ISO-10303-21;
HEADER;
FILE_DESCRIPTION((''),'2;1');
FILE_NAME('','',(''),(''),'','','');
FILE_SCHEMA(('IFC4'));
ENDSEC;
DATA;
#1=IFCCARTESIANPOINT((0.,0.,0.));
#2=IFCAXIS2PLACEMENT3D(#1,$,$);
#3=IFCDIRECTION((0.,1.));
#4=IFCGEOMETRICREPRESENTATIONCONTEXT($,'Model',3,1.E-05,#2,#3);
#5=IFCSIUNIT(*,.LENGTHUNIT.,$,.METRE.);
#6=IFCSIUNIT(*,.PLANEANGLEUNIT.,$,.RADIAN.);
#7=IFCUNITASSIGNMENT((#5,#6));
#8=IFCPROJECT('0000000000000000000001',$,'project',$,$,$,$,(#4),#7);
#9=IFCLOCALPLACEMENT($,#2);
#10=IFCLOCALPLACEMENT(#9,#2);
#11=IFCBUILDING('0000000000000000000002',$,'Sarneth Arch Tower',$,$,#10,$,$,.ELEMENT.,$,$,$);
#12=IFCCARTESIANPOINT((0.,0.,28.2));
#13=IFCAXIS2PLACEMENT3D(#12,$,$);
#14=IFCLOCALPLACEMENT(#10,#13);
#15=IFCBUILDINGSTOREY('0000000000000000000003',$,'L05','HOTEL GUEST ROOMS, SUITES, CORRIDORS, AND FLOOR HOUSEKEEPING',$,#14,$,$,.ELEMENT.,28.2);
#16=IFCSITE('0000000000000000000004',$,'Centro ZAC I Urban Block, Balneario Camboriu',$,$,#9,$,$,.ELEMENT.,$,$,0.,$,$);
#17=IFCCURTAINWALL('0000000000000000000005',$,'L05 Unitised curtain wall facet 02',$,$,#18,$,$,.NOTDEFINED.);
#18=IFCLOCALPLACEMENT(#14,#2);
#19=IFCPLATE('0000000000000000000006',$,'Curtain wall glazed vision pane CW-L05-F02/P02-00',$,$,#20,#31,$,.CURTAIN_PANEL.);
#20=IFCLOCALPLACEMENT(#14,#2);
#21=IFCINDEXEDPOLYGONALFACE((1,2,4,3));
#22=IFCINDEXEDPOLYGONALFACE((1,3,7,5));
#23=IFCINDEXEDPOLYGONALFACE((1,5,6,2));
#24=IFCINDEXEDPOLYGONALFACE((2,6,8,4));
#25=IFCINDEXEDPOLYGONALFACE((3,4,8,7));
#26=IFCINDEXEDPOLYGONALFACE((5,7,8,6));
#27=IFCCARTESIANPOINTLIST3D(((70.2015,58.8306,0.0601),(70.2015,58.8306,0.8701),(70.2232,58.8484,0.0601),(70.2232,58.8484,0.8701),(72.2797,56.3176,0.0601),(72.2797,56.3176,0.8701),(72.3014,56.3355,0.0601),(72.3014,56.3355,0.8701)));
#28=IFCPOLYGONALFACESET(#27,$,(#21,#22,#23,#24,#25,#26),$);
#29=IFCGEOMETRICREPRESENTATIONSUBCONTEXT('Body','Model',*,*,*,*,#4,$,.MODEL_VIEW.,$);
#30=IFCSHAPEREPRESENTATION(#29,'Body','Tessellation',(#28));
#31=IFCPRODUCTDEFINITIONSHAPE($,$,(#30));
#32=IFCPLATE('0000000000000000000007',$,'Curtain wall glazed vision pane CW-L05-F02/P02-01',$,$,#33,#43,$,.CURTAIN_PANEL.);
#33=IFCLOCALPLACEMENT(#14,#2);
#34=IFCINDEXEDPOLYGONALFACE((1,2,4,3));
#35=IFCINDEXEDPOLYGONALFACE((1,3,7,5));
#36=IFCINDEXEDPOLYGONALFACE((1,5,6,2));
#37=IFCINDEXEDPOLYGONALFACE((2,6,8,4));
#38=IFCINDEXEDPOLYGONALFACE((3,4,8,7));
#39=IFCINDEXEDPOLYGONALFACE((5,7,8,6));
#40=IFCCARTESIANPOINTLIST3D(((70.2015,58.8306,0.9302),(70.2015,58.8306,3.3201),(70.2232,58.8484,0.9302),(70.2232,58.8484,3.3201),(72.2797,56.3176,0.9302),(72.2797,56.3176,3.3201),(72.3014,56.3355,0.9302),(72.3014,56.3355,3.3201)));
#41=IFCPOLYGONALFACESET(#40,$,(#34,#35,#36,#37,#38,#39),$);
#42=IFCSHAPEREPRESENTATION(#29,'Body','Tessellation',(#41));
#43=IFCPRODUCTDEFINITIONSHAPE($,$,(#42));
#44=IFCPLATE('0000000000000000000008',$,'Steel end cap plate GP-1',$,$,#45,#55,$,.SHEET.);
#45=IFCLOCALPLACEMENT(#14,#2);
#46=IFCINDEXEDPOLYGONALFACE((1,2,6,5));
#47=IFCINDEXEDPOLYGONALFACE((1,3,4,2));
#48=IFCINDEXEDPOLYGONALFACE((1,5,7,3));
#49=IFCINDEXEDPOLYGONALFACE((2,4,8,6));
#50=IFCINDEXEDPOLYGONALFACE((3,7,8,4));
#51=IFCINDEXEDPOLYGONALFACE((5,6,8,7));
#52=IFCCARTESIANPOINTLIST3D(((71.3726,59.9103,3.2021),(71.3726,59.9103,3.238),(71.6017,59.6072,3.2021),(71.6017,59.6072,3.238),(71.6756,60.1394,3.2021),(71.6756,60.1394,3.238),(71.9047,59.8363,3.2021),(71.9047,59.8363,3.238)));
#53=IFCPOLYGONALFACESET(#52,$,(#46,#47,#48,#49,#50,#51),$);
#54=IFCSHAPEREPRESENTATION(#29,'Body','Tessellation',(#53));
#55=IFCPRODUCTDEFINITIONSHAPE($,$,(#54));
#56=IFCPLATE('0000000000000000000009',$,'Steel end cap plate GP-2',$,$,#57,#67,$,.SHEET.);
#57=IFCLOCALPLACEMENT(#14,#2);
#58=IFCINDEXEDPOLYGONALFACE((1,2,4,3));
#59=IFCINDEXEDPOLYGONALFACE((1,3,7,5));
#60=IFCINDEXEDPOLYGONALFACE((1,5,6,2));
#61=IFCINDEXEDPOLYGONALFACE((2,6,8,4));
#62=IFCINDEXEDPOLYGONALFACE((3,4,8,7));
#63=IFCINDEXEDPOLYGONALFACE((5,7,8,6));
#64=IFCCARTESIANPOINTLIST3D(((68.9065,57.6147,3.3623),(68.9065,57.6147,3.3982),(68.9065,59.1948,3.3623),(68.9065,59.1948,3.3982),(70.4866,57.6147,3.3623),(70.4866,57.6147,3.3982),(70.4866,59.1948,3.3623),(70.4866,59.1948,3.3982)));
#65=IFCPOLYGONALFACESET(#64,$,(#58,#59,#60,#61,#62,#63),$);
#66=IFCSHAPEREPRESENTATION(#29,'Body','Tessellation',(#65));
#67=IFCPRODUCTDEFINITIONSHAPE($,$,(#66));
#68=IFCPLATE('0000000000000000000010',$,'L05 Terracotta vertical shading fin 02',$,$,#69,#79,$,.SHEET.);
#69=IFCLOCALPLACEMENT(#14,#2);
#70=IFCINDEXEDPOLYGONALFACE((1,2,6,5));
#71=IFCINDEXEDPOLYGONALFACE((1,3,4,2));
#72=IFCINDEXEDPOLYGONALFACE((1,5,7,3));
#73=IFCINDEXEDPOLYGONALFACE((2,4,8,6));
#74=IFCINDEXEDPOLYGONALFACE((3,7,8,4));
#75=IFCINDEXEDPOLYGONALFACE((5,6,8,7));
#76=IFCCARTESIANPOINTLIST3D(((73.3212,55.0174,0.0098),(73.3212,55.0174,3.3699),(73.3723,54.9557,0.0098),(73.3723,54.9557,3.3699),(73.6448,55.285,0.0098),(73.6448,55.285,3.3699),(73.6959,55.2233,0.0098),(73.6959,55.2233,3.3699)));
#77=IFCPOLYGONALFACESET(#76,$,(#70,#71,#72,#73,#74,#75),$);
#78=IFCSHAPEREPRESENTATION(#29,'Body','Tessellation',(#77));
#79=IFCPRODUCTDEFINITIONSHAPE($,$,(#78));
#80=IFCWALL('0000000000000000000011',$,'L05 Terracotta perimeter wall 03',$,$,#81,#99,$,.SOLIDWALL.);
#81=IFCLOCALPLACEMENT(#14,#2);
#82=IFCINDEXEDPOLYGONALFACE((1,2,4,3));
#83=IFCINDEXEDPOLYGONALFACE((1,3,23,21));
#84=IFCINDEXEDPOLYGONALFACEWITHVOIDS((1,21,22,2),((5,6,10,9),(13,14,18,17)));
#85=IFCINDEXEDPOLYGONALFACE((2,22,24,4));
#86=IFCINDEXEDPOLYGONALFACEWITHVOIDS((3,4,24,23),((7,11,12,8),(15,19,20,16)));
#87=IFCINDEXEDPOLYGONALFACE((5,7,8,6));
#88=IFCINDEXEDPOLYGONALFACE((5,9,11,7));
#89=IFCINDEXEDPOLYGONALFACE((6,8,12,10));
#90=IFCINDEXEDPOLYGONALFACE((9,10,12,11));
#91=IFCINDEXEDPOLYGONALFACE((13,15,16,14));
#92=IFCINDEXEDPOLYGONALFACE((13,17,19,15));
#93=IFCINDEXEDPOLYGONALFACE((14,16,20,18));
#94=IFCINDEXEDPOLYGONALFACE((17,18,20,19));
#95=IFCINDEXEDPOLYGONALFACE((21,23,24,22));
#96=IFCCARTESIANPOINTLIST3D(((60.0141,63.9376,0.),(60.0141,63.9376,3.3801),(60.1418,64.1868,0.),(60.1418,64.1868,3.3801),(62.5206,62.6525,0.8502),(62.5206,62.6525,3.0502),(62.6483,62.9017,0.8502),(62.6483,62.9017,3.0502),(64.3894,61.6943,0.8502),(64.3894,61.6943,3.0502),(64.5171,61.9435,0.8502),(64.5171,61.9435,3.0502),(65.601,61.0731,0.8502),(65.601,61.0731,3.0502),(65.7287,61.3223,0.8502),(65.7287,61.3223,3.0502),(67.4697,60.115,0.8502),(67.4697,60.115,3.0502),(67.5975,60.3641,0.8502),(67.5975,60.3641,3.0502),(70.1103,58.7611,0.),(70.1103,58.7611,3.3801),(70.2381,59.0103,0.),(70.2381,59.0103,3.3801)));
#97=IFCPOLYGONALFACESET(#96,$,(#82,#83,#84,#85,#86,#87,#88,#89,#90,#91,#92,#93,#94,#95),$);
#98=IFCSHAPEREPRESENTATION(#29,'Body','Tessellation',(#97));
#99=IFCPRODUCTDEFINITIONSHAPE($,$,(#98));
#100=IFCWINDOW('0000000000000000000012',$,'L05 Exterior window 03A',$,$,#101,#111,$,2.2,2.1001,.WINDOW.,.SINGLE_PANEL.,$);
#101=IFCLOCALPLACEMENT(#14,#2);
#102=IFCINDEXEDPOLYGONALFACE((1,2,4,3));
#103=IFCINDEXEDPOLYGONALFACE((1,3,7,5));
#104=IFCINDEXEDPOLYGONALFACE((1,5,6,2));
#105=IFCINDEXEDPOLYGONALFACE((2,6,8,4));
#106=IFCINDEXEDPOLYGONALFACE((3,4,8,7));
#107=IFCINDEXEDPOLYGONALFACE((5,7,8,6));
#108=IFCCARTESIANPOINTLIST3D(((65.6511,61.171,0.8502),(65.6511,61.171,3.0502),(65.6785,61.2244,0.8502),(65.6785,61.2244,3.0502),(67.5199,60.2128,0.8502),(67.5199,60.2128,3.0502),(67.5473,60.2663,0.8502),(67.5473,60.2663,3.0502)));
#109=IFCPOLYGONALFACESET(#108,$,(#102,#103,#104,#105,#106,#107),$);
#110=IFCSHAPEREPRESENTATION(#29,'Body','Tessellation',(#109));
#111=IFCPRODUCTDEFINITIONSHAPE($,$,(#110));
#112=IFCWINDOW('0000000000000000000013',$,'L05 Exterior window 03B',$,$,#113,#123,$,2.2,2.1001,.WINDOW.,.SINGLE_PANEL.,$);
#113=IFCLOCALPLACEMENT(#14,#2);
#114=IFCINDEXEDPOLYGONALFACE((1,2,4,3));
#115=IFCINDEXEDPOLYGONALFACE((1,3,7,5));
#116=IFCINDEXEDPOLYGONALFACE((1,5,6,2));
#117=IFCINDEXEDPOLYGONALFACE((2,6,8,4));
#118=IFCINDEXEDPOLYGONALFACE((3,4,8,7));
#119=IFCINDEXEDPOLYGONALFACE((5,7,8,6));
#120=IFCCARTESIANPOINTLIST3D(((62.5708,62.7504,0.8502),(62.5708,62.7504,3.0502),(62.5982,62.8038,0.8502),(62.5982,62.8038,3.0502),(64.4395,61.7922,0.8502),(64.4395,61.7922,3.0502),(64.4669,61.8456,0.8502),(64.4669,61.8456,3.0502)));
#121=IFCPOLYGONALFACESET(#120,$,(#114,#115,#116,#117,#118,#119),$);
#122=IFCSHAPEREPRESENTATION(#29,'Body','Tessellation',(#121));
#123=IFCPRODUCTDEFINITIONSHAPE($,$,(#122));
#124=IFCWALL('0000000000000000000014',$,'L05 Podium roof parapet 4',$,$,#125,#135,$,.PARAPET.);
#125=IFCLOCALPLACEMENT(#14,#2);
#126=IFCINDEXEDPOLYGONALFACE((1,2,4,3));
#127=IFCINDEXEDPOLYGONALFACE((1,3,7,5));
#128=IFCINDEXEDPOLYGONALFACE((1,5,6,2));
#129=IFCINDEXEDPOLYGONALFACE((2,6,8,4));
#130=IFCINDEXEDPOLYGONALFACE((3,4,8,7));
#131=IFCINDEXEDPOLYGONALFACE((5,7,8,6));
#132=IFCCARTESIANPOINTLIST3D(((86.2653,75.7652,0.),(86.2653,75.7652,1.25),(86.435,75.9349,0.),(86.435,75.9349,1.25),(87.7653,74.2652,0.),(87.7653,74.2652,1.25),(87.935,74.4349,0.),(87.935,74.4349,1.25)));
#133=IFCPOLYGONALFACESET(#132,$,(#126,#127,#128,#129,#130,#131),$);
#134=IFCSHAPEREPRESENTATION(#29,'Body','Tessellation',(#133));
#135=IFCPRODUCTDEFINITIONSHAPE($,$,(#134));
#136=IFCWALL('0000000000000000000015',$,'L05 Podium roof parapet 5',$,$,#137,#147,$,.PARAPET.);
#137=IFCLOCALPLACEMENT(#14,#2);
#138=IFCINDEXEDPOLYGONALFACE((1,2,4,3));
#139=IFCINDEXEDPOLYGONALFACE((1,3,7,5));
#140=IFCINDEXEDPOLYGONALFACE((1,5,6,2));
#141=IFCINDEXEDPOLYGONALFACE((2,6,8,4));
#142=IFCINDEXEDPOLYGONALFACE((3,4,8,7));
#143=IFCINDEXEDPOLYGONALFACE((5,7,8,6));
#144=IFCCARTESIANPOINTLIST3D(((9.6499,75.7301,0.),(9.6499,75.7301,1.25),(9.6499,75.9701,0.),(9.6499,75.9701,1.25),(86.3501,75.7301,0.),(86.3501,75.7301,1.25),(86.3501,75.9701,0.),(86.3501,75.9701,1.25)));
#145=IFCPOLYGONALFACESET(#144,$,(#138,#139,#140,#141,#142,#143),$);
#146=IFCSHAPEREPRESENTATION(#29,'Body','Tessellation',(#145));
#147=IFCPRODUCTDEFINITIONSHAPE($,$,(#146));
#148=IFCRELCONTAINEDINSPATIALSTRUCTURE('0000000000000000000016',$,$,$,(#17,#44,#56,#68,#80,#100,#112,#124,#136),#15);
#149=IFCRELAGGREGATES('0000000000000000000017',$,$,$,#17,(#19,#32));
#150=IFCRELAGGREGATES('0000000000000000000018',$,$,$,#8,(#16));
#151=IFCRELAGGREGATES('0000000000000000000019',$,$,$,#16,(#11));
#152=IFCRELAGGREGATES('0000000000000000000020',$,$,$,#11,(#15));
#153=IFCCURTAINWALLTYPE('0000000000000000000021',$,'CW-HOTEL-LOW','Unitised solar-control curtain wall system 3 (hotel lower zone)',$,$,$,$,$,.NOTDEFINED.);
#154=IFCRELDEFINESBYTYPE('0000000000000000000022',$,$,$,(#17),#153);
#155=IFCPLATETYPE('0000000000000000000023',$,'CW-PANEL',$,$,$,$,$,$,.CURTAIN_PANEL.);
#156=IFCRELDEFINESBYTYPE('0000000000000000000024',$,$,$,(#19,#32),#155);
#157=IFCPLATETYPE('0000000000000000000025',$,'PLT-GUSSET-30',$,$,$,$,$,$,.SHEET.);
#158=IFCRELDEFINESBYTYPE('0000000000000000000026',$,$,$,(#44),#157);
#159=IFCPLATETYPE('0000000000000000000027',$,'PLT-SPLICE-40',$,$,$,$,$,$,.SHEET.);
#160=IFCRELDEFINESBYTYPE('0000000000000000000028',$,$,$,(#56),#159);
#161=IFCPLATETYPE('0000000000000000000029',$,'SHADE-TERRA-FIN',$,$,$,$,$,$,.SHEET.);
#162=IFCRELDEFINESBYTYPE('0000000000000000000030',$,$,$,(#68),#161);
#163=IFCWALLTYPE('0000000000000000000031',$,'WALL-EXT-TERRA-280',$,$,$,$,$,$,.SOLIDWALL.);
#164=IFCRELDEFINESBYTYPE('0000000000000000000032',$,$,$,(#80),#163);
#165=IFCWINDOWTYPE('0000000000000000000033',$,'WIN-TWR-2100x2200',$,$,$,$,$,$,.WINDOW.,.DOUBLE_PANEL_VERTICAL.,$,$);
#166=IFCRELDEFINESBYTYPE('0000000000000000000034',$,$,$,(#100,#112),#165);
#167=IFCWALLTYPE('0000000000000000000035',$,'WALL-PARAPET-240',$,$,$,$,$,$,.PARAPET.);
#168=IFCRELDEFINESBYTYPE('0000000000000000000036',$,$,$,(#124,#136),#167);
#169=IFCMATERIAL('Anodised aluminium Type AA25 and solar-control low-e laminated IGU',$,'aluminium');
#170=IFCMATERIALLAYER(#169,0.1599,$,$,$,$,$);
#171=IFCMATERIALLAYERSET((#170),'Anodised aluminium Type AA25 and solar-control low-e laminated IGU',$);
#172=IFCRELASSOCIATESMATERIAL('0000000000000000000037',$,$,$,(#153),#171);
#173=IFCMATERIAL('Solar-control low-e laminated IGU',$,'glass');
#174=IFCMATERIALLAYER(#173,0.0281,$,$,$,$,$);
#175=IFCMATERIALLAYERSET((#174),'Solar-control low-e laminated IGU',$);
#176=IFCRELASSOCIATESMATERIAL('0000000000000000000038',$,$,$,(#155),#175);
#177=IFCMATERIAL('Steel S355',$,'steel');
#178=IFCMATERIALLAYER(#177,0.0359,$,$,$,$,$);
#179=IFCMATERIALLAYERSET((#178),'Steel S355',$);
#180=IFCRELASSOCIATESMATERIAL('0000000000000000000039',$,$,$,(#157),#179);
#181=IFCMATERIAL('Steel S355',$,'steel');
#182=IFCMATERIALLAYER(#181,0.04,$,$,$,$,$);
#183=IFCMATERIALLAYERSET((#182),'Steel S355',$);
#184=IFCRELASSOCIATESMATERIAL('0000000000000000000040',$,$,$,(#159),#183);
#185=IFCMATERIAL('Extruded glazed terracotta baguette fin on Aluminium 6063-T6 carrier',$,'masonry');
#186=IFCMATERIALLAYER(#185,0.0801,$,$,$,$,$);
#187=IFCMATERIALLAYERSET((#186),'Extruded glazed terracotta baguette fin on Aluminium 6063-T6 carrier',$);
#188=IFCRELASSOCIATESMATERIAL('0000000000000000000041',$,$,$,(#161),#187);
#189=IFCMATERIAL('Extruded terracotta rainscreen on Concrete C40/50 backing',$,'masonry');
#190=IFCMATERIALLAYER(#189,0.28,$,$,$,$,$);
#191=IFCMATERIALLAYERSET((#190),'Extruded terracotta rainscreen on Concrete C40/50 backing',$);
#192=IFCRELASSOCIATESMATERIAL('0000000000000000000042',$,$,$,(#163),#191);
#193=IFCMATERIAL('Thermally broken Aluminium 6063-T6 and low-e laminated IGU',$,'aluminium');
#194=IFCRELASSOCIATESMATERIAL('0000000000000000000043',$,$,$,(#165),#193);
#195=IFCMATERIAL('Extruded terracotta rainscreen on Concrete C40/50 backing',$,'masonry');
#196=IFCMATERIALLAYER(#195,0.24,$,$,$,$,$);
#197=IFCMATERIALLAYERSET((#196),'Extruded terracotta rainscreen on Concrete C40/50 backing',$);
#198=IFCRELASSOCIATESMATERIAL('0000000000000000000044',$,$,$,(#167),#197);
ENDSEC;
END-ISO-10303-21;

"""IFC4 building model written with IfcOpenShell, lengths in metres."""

from ifc_helpers import new_model, si_unit, direction, frame, frame_2d, origin, origin_2d, place, context, subcontext, project, spatial, rectangle, extrude, material, layer, layer_set, type_object, element, fill, aggregate, save


model = new_model("IFC4")

# Units and contexts
model_context = context("Model", 3, precision=1e-05, world=origin(), true_north=direction((0.0, 1.0)))
body_context = subcontext(model_context, "Body", "Model", "MODEL_VIEW")
ifc_project = project(units=[si_unit("LENGTHUNIT", "METRE"), si_unit("PLANEANGLEUNIT", "RADIAN")], contexts=[model_context])

# Site, building, storey
site_placement = place(None, origin())
site = spatial("IfcSite", under=ifc_project, at=site_placement, Name="Centro ZAC I Urban Block, Balneario Camboriu", CompositionType="ELEMENT", RefElevation=0.0)
building_placement = place(site_placement, origin())
building = spatial("IfcBuilding", under=site, at=building_placement, Name="Sarneth Arch Tower", CompositionType="ELEMENT")
storey_placement = place(building_placement, frame((0.0, 0.0, 28.2)))
storey = spatial("IfcBuildingStorey", under=building, at=storey_placement, Name="L05", Description="HOTEL GUEST ROOMS, SUITES, CORRIDORS, AND FLOOR HOUSEKEEPING", CompositionType="ELEMENT", Elevation=28.2)

# Curtain wall
ifc_material_1 = material(Name="Anodised aluminium Type AA25 and solar-control low-e laminated IGU", Category="aluminium")
ifc_layer_1 = layer(ifc_material_1, 0.1599)
ifc_layer_set_1 = layer_set([ifc_layer_1], Name="Anodised aluminium Type AA25 and solar-control low-e laminated IGU")
curtain_wall_type = type_object("IfcCurtainWallType", Name="CW-HOTEL-LOW", Description="Unitised solar-control curtain wall system 3 (hotel lower zone)", PredefinedType="NOTDEFINED", material=ifc_layer_set_1)
curtain_wall_placement = place(storey_placement, origin())
curtain_wall = element("IfcCurtainWall", 1, at=curtain_wall_placement, inside=storey, type_object=curtain_wall_type, Name="L05 Unitised curtain wall facet 02", PredefinedType="NOTDEFINED")

# Plates
ifc_material_2 = material(Name="Solar-control low-e laminated IGU", Category="glass")
ifc_layer_2 = layer(ifc_material_2, 0.0281)
ifc_layer_set_2 = layer_set([ifc_layer_2], Name="Solar-control low-e laminated IGU")
plate_type_1 = type_object("IfcPlateType", Name="CW-PANEL", PredefinedType="CURTAIN_PANEL", material=ifc_layer_set_2)
plate_1_placement = place(storey_placement, frame((71.2515, 57.583, 0.0601), z_axis=(0.0, 0.0, 1.0), x_axis=(-0.637291, 0.770623, 0.0)))
plate_1 = element("IfcPlate", 2, at=plate_1_placement, type_object=plate_type_1, Name="Curtain wall glazed vision pane CW-L05-F02/P02-00", PredefinedType="CURTAIN_PANEL", context=body_context, shape_type="SweptSolid", body=[
    extrude(rectangle(XDim=3.261, YDim=0.0281, at=origin_2d()), origin(), (0.0, 0.0, 1.0), 0.8101),
])
plate_2_placement = place(storey_placement, frame((71.2515, 57.583, 0.9302), z_axis=(0.0, 0.0, 1.0), x_axis=(-0.637291, 0.770623, 0.0)))
plate_2 = element("IfcPlate", 3, at=plate_2_placement, type_object=plate_type_1, Name="Curtain wall glazed vision pane CW-L05-F02/P02-01", PredefinedType="CURTAIN_PANEL", context=body_context, shape_type="SweptSolid", body=[
    extrude(rectangle(XDim=3.261, YDim=0.0281, at=origin_2d()), origin(), (0.0, 0.0, 1.0), 2.3899),
])
aggregate(curtain_wall, [plate_1, plate_2])

# Plates
ifc_material_3 = material(Name="Steel S355", Category="steel")
ifc_layer_3 = layer(ifc_material_3, 0.0359)
ifc_layer_set_3 = layer_set([ifc_layer_3], Name="Steel S355")
plate_type_2 = type_object("IfcPlateType", Name="PLT-GUSSET-30", PredefinedType="SHEET", material=ifc_layer_set_3)
plate_3_placement = place(storey_placement, frame((71.6387, 59.8733, 3.2021), z_axis=(0.0, 0.0, 1.0), x_axis=(0.797689, 0.603069, 0.0)))
element("IfcPlate", 4, at=plate_3_placement, inside=storey, type_object=plate_type_2, Name="Steel end cap plate GP-1", PredefinedType="SHEET", context=body_context, shape_type="SweptSolid", body=[
    extrude(rectangle(XDim=0.3799, YDim=0.3799, at=origin_2d()), origin(), (0.0, 0.0, 1.0), 0.0359),
])
ifc_material_4 = material(Name="Steel S355", Category="steel")
ifc_layer_4 = layer(ifc_material_4, 0.04)
ifc_layer_set_4 = layer_set([ifc_layer_4], Name="Steel S355")
plate_type_3 = type_object("IfcPlateType", Name="PLT-SPLICE-40", PredefinedType="SHEET", material=ifc_layer_set_4)
plate_4_placement = place(storey_placement, frame((69.6965, 58.4048, 3.3623), z_axis=(0.0, 0.0, 1.0), x_axis=(1.0, 0.0, 0.0)))
element("IfcPlate", 5, at=plate_4_placement, inside=storey, type_object=plate_type_3, Name="Steel end cap plate GP-2", PredefinedType="SHEET", context=body_context, shape_type="SweptSolid", body=[
    extrude(rectangle(XDim=1.5801, YDim=1.5801, at=origin_2d()), origin(), (0.0, 0.0, 1.0), 0.0359),
])
ifc_material_5 = material(Name="Extruded glazed terracotta baguette fin on Aluminium 6063-T6 carrier", Category="masonry")
ifc_layer_5 = layer(ifc_material_5, 0.0801)
ifc_layer_set_5 = layer_set([ifc_layer_5], Name="Extruded glazed terracotta baguette fin on Aluminium 6063-T6 carrier")
plate_type_4 = type_object("IfcPlateType", Name="SHADE-TERRA-FIN", PredefinedType="SHEET", material=ifc_layer_set_5)
plate_5_placement = place(storey_placement, frame((73.5085, 55.1204, 0.0098), z_axis=(0.0, 0.0, 1.0), x_axis=(0.770624, 0.63729, 0.0)))
element("IfcPlate", 6, at=plate_5_placement, inside=storey, type_object=plate_type_4, Name="L05 Terracotta vertical shading fin 02", PredefinedType="SHEET", context=body_context, shape_type="SweptSolid", body=[
    extrude(rectangle(XDim=0.4199, YDim=0.0801, at=origin_2d()), origin(), (0.0, 0.0, 1.0), 3.3601),
])

# Wall, openings, windows
ifc_material_6 = material(Name="Extruded terracotta rainscreen on Concrete C40/50 backing", Category="masonry")
ifc_layer_6 = layer(ifc_material_6, 0.28)
ifc_layer_set_6 = layer_set([ifc_layer_6], Name="Extruded terracotta rainscreen on Concrete C40/50 backing")
wall_type_1 = type_object("IfcWallType", Name="WALL-EXT-TERRA-280", PredefinedType="SOLIDWALL", material=ifc_layer_set_6)
wall_1_placement = place(storey_placement, frame((70.1741, 58.8857, 0.0), z_axis=(0.0, 0.0, 1.0), x_axis=(-0.889854, 0.456245, 0.0)))
wall_1 = element("IfcWall", 7, at=wall_1_placement, inside=storey, type_object=wall_type_1, Name="L05 Terracotta perimeter wall 03", PredefinedType="SOLIDWALL", context=body_context, shape_type="SweptSolid", body=[
    extrude(rectangle(XDim=11.3459, YDim=0.28, at=frame_2d((5.6729, 0.0))), origin(), (0.0, 0.0, 1.0), 3.3801),
])
opening_1_placement = place(wall_1_placement, frame((2.9673, 0.0, 0.8501)))
opening_1 = element("IfcOpeningElement", 8, at=opening_1_placement, cuts=wall_1, PredefinedType="OPENING", context=body_context, shape_type="SweptSolid", body=[
    extrude(rectangle(XDim=2.1001, YDim=2.2, at=frame_2d((1.05, 1.1001))), frame((0.0, 0.1499, 0.0), z_axis=(0.0, -1.0, 0.0), x_axis=(1.0, 0.0, 0.0)), (0.0, 0.0, 1.0), 0.3),
])
opening_2_placement = place(wall_1_placement, frame((6.429, 0.0, 0.8501)))
opening_2 = element("IfcOpeningElement", 9, at=opening_2_placement, cuts=wall_1, PredefinedType="OPENING", context=body_context, shape_type="SweptSolid", body=[
    extrude(rectangle(XDim=2.1001, YDim=2.2, at=frame_2d((1.05, 1.1001))), frame((0.0, 0.1499, 0.0), z_axis=(0.0, -1.0, 0.0), x_axis=(1.0, 0.0, 0.0)), (0.0, 0.0, 1.0), 0.3),
])
ifc_material_7 = material(Name="Thermally broken Aluminium 6063-T6 and low-e laminated IGU", Category="aluminium")
window_type = type_object("IfcWindowType", Name="WIN-TWR-2100x2200", PartitioningType="DOUBLE_PANEL_VERTICAL", PredefinedType="WINDOW", material=ifc_material_7)
window_1_placement = place(opening_1_placement, origin())
window_1 = element("IfcWindow", 10, at=window_1_placement, inside=storey, type_object=window_type, Name="L05 Exterior window 03A", OverallHeight=2.2, OverallWidth=2.1001, PartitioningType="SINGLE_PANEL", PredefinedType="WINDOW", context=body_context, shape_type="SweptSolid", body=[
    extrude(rectangle(XDim=2.1001, YDim=2.2, at=frame_2d((1.05, 1.1001))), frame((0.0, 0.03, 0.0), z_axis=(0.0, -1.0, 0.0), x_axis=(1.0, 0.0, 0.0)), (0.0, 0.0, 1.0), 0.0601),
])
fill(opening_1, window_1)
window_2_placement = place(opening_2_placement, origin())
window_2 = element("IfcWindow", 11, at=window_2_placement, inside=storey, type_object=window_type, Name="L05 Exterior window 03B", OverallHeight=2.2, OverallWidth=2.1001, PartitioningType="SINGLE_PANEL", PredefinedType="WINDOW", context=body_context, shape_type="SweptSolid", body=[
    extrude(rectangle(XDim=2.1001, YDim=2.2, at=frame_2d((1.05, 1.1001))), frame((0.0, 0.03, 0.0), z_axis=(0.0, -1.0, 0.0), x_axis=(1.0, 0.0, 0.0)), (0.0, 0.0, 1.0), 0.0601),
])
fill(opening_2, window_2)

# Walls
ifc_material_8 = material(Name="Extruded terracotta rainscreen on Concrete C40/50 backing", Category="masonry")
ifc_layer_7 = layer(ifc_material_8, 0.24)
ifc_layer_set_7 = layer_set([ifc_layer_7], Name="Extruded terracotta rainscreen on Concrete C40/50 backing")
wall_type_2 = type_object("IfcWallType", Name="WALL-PARAPET-240", PredefinedType="PARAPET", material=ifc_layer_set_7)
wall_2_placement = place(storey_placement, frame((87.8501, 74.3501, 0.0), z_axis=(0.0, 0.0, 1.0), x_axis=(-0.707107, 0.707107, 0.0)))
element("IfcWall", 12, at=wall_2_placement, inside=storey, type_object=wall_type_2, Name="L05 Podium roof parapet 4", PredefinedType="PARAPET", context=body_context, shape_type="SweptSolid", body=[
    extrude(rectangle(XDim=2.1213, YDim=0.24, at=frame_2d((1.0605, 0.0))), origin(), (0.0, 0.0, 1.0), 1.25),
])
wall_3_placement = place(storey_placement, frame((86.3501, 75.8501, 0.0), z_axis=(0.0, 0.0, 1.0), x_axis=(-1.0, 0.0, 0.0)))
element("IfcWall", 13, at=wall_3_placement, inside=storey, type_object=wall_type_2, Name="L05 Podium roof parapet 5", PredefinedType="PARAPET", context=body_context, shape_type="SweptSolid", body=[
    extrude(rectangle(XDim=76.7002, YDim=0.24, at=frame_2d((38.3501, 0.0))), origin(), (0.0, 0.0, 1.0), 1.25),
])

save(model, "model.ifc")
